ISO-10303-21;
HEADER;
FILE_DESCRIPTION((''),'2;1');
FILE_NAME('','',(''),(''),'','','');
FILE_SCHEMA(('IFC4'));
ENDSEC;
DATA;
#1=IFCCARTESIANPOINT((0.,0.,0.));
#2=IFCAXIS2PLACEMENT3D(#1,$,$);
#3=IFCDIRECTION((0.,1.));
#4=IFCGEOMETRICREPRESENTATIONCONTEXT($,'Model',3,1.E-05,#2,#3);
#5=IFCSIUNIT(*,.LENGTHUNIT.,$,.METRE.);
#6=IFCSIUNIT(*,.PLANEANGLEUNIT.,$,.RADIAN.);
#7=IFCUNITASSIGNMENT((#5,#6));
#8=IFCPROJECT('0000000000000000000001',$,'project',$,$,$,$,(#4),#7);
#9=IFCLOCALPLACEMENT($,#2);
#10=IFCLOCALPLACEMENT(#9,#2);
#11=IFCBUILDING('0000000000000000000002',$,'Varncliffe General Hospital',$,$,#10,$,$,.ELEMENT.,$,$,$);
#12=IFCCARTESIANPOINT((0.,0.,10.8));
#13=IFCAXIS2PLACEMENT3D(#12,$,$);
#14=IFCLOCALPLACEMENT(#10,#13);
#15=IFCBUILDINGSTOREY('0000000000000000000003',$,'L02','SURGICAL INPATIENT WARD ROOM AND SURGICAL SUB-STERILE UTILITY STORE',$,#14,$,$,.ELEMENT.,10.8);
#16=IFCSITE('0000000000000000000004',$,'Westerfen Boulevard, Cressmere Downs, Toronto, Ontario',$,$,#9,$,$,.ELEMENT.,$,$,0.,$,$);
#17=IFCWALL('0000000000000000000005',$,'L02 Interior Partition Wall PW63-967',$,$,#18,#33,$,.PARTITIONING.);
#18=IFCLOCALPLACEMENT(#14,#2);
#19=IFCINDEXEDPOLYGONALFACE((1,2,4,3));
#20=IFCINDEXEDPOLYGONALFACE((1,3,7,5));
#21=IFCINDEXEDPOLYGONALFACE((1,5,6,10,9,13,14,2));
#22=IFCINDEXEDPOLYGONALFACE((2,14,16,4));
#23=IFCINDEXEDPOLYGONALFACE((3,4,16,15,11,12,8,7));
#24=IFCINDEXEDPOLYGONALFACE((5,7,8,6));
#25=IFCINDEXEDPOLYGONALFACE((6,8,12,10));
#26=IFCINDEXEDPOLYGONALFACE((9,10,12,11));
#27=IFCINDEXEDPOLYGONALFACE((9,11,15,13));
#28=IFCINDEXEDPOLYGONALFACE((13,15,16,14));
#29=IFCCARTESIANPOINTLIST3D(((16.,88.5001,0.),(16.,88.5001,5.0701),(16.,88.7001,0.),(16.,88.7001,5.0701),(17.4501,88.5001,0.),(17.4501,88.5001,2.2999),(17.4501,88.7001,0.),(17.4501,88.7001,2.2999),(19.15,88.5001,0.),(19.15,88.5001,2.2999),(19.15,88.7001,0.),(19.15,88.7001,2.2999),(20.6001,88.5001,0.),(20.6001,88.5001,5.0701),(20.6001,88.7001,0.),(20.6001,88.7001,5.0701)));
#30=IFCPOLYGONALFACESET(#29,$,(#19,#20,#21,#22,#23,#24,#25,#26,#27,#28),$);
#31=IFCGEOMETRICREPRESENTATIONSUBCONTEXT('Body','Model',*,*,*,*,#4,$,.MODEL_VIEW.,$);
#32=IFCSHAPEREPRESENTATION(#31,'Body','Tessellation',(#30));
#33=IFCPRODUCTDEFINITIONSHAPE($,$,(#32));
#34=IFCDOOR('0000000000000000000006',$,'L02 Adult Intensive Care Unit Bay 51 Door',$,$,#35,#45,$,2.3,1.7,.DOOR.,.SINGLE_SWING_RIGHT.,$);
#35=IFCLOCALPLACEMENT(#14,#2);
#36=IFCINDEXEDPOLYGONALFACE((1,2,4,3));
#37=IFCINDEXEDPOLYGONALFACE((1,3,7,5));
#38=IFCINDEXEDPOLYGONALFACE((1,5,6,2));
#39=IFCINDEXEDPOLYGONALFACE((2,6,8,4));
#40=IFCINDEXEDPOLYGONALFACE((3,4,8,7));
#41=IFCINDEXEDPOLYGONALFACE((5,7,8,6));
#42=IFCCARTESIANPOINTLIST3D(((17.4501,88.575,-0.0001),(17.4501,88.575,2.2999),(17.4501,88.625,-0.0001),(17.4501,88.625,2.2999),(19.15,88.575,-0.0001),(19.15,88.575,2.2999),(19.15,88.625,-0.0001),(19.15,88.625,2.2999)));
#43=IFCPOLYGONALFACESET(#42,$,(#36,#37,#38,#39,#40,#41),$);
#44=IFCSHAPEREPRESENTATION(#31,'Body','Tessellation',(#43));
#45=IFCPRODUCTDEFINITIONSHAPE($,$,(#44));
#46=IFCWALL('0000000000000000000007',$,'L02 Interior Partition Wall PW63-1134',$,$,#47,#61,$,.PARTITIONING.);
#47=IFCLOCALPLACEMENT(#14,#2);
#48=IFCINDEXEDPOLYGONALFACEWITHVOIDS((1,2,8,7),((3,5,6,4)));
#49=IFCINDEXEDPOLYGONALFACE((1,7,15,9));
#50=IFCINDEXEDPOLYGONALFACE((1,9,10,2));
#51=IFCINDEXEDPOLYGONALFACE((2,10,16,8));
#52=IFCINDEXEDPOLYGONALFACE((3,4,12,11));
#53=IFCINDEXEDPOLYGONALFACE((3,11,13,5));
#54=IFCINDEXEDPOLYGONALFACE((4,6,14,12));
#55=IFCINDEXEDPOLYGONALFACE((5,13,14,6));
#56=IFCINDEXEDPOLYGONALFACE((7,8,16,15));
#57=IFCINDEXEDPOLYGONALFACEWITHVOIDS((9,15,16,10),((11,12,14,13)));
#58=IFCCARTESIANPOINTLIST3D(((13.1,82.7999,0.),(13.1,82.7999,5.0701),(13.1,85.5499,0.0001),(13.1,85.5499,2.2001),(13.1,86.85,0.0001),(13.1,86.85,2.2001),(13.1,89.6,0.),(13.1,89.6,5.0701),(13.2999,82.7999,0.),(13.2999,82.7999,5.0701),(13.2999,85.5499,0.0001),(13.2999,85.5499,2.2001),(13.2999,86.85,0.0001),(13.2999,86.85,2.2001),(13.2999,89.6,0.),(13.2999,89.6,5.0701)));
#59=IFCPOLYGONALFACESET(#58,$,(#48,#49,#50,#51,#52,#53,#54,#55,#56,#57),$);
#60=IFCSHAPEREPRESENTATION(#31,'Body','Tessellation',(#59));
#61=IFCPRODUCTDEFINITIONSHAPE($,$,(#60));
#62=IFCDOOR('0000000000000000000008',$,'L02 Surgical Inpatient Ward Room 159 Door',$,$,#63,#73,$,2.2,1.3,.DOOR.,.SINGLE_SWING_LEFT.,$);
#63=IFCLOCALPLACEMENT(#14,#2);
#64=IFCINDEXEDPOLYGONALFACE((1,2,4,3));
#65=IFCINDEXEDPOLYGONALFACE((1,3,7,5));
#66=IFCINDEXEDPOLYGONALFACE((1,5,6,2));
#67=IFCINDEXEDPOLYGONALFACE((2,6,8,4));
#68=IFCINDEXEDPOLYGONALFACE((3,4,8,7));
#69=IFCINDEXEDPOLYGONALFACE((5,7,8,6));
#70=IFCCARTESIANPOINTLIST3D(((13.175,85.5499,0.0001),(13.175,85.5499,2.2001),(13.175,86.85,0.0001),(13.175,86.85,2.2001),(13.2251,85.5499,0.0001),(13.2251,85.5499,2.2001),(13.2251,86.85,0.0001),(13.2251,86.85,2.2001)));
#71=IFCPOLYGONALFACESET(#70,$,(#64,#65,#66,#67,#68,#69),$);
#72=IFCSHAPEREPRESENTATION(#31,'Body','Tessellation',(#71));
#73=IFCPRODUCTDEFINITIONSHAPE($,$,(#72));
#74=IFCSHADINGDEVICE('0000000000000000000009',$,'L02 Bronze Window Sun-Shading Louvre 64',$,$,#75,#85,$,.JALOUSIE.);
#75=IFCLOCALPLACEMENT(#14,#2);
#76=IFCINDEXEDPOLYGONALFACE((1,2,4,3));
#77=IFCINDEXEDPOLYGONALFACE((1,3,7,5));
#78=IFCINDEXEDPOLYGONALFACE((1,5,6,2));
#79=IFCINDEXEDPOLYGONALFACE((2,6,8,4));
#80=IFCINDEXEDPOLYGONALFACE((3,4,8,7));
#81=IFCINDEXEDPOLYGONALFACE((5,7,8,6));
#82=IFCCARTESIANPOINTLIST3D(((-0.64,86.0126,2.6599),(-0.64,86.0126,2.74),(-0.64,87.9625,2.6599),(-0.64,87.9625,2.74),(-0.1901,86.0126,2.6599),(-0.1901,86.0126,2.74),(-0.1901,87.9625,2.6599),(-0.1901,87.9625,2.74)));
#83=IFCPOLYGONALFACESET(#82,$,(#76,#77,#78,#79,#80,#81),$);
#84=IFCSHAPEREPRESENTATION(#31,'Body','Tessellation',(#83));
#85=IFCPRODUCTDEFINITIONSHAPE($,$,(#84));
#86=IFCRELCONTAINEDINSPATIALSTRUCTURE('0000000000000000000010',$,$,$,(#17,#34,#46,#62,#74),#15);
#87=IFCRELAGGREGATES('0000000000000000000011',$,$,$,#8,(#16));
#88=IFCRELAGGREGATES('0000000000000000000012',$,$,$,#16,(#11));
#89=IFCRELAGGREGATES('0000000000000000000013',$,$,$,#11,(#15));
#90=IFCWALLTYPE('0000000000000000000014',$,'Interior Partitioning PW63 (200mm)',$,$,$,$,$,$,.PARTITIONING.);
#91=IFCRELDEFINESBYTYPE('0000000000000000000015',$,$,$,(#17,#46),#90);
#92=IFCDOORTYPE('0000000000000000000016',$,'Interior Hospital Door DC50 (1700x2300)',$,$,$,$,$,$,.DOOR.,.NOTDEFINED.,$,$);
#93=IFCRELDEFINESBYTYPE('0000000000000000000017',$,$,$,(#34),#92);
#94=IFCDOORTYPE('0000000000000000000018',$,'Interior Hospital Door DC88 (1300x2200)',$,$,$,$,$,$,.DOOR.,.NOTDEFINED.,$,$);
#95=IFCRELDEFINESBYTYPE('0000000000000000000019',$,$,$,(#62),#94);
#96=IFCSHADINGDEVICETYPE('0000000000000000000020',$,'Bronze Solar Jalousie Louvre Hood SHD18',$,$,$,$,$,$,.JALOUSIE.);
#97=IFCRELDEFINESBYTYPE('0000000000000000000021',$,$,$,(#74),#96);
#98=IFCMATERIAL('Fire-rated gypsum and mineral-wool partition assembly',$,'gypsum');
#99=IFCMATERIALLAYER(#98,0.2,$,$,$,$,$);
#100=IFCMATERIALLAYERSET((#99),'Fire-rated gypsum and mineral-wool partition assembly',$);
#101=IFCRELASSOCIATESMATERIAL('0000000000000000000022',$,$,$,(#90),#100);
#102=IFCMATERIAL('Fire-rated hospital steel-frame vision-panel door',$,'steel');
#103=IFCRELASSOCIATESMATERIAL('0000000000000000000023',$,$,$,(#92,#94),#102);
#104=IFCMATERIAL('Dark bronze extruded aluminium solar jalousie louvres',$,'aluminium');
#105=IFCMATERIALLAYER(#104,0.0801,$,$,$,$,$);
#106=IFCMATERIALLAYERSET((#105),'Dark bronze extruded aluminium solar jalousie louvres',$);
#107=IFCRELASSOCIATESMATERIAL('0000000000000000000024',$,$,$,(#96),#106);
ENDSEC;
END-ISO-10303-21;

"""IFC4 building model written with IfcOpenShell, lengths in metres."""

from ifc_helpers import new_model, si_unit, direction, frame, frame_2d, origin, origin_2d, place, context, subcontext, project, spatial, rectangle, extrude, material, layer, layer_set, type_object, element, fill, save


model = new_model("IFC4")

# Units and contexts
model_context = context("Model", 3, precision=1e-05, world=origin(), true_north=direction((0.0, 1.0)))
body_context = subcontext(model_context, "Body", "Model", "MODEL_VIEW")
ifc_project = project(units=[si_unit("LENGTHUNIT", "METRE"), si_unit("PLANEANGLEUNIT", "RADIAN")], contexts=[model_context])

# Site, building, storey
site_placement = place(None, origin())
site = spatial("IfcSite", under=ifc_project, at=site_placement, Name="Westerfen Boulevard, Cressmere Downs, Toronto, Ontario", CompositionType="ELEMENT", RefElevation=0.0)
building_placement = place(site_placement, origin())
building = spatial("IfcBuilding", under=site, at=building_placement, Name="Varncliffe General Hospital", CompositionType="ELEMENT")
storey_placement = place(building_placement, frame((0.0, 0.0, 10.8)))
storey = spatial("IfcBuildingStorey", under=building, at=storey_placement, Name="L02", Description="SURGICAL INPATIENT WARD ROOM AND SURGICAL SUB-STERILE UTILITY STORE", CompositionType="ELEMENT", Elevation=10.8)

# Shared definitions
ifc_material_1 = material(Name="Fire-rated gypsum and mineral-wool partition assembly", Category="gypsum")
ifc_material_2 = material(Name="Fire-rated hospital steel-frame vision-panel door", Category="steel")

# Walls, openings, doors
ifc_layer_1 = layer(ifc_material_1, 0.2)
ifc_layer_set_1 = layer_set([ifc_layer_1], Name="Fire-rated gypsum and mineral-wool partition assembly")
wall_type_1 = type_object("IfcWallType", Name="Interior Partitioning PW63 (200mm)", PredefinedType="PARTITIONING", material=ifc_layer_set_1)
wall_1_placement = place(storey_placement, frame((16.0, 88.6001, 0.0), z_axis=(0.0, 0.0, 1.0), x_axis=(1.0, 0.0, 0.0)))
wall_1 = element("IfcWall", 1, at=wall_1_placement, inside=storey, type_object=wall_type_1, Name="L02 Interior Partition Wall PW63-967", PredefinedType="PARTITIONING", context=body_context, shape_type="SweptSolid", body=[
    extrude(rectangle(XDim=4.6001, YDim=0.2, at=frame_2d((2.3, 0.0))), origin(), (0.0, 0.0, 1.0), 5.0701),
])
opening_1_placement = place(wall_1_placement, frame((1.45, 0.0, 0.0)))
opening_1 = element("IfcOpeningElement", 2, at=opening_1_placement, cuts=wall_1, PredefinedType="OPENING", context=body_context, shape_type="SweptSolid", body=[
    extrude(rectangle(XDim=1.7, YDim=2.3, at=frame_2d((0.8501, 1.1499))), frame((0.0, 0.1099, 0.0), z_axis=(0.0, -1.0, 0.0), x_axis=(1.0, 0.0, 0.0)), (0.0, 0.0, 1.0), 0.22),
])
door_type_1 = type_object("IfcDoorType", Name="Interior Hospital Door DC50 (1700x2300)", OperationType="NOTDEFINED", PredefinedType="DOOR", material=ifc_material_2)
door_1_placement = place(opening_1_placement, origin())
door_1 = element("IfcDoor", 3, at=door_1_placement, inside=storey, type_object=door_type_1, Name="L02 Adult Intensive Care Unit Bay 51 Door", OperationType="SINGLE_SWING_RIGHT", OverallHeight=2.3, OverallWidth=1.7, PredefinedType="DOOR", context=body_context, shape_type="SweptSolid", body=[
    extrude(rectangle(XDim=1.7, YDim=2.3, at=frame_2d((0.8501, 1.1499))), frame((0.0, 0.0249, 0.0), z_axis=(0.0, -1.0, 0.0), x_axis=(1.0, 0.0, 0.0)), (0.0, 0.0, 1.0), 0.05),
])
fill(opening_1, door_1)
wall_2_placement = place(storey_placement, frame((13.2, 82.8, 0.0), z_axis=(0.0, 0.0, 1.0), x_axis=(0.0, 1.0, 0.0)))
wall_2 = element("IfcWall", 4, at=wall_2_placement, inside=storey, type_object=wall_type_1, Name="L02 Interior Partition Wall PW63-1134", PredefinedType="PARTITIONING", context=body_context, shape_type="SweptSolid", body=[
    extrude(rectangle(XDim=6.8, YDim=0.2, at=frame_2d((3.3999, 0.0))), origin(), (0.0, 0.0, 1.0), 5.0701),
])
opening_2_placement = place(wall_2_placement, frame((2.75, 0.0, 0.0)))
opening_2 = element("IfcOpeningElement", 5, at=opening_2_placement, cuts=wall_2, PredefinedType="OPENING", context=body_context, shape_type="SweptSolid", body=[
    extrude(rectangle(XDim=1.3, YDim=2.2, at=frame_2d((0.6499, 1.1001))), frame((0.0, 0.1099, 0.0), z_axis=(0.0, -1.0, 0.0), x_axis=(1.0, 0.0, 0.0)), (0.0, 0.0, 1.0), 0.22),
])
door_type_2 = type_object("IfcDoorType", Name="Interior Hospital Door DC88 (1300x2200)", OperationType="NOTDEFINED", PredefinedType="DOOR", material=ifc_material_2)
door_2_placement = place(opening_2_placement, origin())
door_2 = element("IfcDoor", 6, at=door_2_placement, inside=storey, type_object=door_type_2, Name="L02 Surgical Inpatient Ward Room 159 Door", OperationType="SINGLE_SWING_LEFT", OverallHeight=2.2, OverallWidth=1.3, PredefinedType="DOOR", context=body_context, shape_type="SweptSolid", body=[
    extrude(rectangle(XDim=1.3, YDim=2.2, at=frame_2d((0.6499, 1.1001))), frame((0.0, 0.0249, 0.0), z_axis=(0.0, -1.0, 0.0), x_axis=(1.0, 0.0, 0.0)), (0.0, 0.0, 1.0), 0.05),
])
fill(opening_2, door_2)

# Shading device
ifc_material_3 = material(Name="Dark bronze extruded aluminium solar jalousie louvres", Category="aluminium")
ifc_layer_2 = layer(ifc_material_3, 0.0801)
ifc_layer_set_2 = layer_set([ifc_layer_2], Name="Dark bronze extruded aluminium solar jalousie louvres")
shading_device_type = type_object("IfcShadingDeviceType", Name="Bronze Solar Jalousie Louvre Hood SHD18", PredefinedType="JALOUSIE", material=ifc_layer_set_2)
shading_device_placement = place(storey_placement, frame((-0.415, 86.9875, 2.6599), z_axis=(0.0, 0.0, 1.0), x_axis=(0.0, 1.0, 0.0)))
element("IfcShadingDevice", 7, at=shading_device_placement, inside=storey, type_object=shading_device_type, Name="L02 Bronze Window Sun-Shading Louvre 64", PredefinedType="JALOUSIE", context=body_context, shape_type="SweptSolid", body=[
    extrude(rectangle(XDim=1.95, YDim=0.45, at=origin_2d()), origin(), (0.0, 0.0, 1.0), 0.0801),
])

save(model, "model.ifc")
